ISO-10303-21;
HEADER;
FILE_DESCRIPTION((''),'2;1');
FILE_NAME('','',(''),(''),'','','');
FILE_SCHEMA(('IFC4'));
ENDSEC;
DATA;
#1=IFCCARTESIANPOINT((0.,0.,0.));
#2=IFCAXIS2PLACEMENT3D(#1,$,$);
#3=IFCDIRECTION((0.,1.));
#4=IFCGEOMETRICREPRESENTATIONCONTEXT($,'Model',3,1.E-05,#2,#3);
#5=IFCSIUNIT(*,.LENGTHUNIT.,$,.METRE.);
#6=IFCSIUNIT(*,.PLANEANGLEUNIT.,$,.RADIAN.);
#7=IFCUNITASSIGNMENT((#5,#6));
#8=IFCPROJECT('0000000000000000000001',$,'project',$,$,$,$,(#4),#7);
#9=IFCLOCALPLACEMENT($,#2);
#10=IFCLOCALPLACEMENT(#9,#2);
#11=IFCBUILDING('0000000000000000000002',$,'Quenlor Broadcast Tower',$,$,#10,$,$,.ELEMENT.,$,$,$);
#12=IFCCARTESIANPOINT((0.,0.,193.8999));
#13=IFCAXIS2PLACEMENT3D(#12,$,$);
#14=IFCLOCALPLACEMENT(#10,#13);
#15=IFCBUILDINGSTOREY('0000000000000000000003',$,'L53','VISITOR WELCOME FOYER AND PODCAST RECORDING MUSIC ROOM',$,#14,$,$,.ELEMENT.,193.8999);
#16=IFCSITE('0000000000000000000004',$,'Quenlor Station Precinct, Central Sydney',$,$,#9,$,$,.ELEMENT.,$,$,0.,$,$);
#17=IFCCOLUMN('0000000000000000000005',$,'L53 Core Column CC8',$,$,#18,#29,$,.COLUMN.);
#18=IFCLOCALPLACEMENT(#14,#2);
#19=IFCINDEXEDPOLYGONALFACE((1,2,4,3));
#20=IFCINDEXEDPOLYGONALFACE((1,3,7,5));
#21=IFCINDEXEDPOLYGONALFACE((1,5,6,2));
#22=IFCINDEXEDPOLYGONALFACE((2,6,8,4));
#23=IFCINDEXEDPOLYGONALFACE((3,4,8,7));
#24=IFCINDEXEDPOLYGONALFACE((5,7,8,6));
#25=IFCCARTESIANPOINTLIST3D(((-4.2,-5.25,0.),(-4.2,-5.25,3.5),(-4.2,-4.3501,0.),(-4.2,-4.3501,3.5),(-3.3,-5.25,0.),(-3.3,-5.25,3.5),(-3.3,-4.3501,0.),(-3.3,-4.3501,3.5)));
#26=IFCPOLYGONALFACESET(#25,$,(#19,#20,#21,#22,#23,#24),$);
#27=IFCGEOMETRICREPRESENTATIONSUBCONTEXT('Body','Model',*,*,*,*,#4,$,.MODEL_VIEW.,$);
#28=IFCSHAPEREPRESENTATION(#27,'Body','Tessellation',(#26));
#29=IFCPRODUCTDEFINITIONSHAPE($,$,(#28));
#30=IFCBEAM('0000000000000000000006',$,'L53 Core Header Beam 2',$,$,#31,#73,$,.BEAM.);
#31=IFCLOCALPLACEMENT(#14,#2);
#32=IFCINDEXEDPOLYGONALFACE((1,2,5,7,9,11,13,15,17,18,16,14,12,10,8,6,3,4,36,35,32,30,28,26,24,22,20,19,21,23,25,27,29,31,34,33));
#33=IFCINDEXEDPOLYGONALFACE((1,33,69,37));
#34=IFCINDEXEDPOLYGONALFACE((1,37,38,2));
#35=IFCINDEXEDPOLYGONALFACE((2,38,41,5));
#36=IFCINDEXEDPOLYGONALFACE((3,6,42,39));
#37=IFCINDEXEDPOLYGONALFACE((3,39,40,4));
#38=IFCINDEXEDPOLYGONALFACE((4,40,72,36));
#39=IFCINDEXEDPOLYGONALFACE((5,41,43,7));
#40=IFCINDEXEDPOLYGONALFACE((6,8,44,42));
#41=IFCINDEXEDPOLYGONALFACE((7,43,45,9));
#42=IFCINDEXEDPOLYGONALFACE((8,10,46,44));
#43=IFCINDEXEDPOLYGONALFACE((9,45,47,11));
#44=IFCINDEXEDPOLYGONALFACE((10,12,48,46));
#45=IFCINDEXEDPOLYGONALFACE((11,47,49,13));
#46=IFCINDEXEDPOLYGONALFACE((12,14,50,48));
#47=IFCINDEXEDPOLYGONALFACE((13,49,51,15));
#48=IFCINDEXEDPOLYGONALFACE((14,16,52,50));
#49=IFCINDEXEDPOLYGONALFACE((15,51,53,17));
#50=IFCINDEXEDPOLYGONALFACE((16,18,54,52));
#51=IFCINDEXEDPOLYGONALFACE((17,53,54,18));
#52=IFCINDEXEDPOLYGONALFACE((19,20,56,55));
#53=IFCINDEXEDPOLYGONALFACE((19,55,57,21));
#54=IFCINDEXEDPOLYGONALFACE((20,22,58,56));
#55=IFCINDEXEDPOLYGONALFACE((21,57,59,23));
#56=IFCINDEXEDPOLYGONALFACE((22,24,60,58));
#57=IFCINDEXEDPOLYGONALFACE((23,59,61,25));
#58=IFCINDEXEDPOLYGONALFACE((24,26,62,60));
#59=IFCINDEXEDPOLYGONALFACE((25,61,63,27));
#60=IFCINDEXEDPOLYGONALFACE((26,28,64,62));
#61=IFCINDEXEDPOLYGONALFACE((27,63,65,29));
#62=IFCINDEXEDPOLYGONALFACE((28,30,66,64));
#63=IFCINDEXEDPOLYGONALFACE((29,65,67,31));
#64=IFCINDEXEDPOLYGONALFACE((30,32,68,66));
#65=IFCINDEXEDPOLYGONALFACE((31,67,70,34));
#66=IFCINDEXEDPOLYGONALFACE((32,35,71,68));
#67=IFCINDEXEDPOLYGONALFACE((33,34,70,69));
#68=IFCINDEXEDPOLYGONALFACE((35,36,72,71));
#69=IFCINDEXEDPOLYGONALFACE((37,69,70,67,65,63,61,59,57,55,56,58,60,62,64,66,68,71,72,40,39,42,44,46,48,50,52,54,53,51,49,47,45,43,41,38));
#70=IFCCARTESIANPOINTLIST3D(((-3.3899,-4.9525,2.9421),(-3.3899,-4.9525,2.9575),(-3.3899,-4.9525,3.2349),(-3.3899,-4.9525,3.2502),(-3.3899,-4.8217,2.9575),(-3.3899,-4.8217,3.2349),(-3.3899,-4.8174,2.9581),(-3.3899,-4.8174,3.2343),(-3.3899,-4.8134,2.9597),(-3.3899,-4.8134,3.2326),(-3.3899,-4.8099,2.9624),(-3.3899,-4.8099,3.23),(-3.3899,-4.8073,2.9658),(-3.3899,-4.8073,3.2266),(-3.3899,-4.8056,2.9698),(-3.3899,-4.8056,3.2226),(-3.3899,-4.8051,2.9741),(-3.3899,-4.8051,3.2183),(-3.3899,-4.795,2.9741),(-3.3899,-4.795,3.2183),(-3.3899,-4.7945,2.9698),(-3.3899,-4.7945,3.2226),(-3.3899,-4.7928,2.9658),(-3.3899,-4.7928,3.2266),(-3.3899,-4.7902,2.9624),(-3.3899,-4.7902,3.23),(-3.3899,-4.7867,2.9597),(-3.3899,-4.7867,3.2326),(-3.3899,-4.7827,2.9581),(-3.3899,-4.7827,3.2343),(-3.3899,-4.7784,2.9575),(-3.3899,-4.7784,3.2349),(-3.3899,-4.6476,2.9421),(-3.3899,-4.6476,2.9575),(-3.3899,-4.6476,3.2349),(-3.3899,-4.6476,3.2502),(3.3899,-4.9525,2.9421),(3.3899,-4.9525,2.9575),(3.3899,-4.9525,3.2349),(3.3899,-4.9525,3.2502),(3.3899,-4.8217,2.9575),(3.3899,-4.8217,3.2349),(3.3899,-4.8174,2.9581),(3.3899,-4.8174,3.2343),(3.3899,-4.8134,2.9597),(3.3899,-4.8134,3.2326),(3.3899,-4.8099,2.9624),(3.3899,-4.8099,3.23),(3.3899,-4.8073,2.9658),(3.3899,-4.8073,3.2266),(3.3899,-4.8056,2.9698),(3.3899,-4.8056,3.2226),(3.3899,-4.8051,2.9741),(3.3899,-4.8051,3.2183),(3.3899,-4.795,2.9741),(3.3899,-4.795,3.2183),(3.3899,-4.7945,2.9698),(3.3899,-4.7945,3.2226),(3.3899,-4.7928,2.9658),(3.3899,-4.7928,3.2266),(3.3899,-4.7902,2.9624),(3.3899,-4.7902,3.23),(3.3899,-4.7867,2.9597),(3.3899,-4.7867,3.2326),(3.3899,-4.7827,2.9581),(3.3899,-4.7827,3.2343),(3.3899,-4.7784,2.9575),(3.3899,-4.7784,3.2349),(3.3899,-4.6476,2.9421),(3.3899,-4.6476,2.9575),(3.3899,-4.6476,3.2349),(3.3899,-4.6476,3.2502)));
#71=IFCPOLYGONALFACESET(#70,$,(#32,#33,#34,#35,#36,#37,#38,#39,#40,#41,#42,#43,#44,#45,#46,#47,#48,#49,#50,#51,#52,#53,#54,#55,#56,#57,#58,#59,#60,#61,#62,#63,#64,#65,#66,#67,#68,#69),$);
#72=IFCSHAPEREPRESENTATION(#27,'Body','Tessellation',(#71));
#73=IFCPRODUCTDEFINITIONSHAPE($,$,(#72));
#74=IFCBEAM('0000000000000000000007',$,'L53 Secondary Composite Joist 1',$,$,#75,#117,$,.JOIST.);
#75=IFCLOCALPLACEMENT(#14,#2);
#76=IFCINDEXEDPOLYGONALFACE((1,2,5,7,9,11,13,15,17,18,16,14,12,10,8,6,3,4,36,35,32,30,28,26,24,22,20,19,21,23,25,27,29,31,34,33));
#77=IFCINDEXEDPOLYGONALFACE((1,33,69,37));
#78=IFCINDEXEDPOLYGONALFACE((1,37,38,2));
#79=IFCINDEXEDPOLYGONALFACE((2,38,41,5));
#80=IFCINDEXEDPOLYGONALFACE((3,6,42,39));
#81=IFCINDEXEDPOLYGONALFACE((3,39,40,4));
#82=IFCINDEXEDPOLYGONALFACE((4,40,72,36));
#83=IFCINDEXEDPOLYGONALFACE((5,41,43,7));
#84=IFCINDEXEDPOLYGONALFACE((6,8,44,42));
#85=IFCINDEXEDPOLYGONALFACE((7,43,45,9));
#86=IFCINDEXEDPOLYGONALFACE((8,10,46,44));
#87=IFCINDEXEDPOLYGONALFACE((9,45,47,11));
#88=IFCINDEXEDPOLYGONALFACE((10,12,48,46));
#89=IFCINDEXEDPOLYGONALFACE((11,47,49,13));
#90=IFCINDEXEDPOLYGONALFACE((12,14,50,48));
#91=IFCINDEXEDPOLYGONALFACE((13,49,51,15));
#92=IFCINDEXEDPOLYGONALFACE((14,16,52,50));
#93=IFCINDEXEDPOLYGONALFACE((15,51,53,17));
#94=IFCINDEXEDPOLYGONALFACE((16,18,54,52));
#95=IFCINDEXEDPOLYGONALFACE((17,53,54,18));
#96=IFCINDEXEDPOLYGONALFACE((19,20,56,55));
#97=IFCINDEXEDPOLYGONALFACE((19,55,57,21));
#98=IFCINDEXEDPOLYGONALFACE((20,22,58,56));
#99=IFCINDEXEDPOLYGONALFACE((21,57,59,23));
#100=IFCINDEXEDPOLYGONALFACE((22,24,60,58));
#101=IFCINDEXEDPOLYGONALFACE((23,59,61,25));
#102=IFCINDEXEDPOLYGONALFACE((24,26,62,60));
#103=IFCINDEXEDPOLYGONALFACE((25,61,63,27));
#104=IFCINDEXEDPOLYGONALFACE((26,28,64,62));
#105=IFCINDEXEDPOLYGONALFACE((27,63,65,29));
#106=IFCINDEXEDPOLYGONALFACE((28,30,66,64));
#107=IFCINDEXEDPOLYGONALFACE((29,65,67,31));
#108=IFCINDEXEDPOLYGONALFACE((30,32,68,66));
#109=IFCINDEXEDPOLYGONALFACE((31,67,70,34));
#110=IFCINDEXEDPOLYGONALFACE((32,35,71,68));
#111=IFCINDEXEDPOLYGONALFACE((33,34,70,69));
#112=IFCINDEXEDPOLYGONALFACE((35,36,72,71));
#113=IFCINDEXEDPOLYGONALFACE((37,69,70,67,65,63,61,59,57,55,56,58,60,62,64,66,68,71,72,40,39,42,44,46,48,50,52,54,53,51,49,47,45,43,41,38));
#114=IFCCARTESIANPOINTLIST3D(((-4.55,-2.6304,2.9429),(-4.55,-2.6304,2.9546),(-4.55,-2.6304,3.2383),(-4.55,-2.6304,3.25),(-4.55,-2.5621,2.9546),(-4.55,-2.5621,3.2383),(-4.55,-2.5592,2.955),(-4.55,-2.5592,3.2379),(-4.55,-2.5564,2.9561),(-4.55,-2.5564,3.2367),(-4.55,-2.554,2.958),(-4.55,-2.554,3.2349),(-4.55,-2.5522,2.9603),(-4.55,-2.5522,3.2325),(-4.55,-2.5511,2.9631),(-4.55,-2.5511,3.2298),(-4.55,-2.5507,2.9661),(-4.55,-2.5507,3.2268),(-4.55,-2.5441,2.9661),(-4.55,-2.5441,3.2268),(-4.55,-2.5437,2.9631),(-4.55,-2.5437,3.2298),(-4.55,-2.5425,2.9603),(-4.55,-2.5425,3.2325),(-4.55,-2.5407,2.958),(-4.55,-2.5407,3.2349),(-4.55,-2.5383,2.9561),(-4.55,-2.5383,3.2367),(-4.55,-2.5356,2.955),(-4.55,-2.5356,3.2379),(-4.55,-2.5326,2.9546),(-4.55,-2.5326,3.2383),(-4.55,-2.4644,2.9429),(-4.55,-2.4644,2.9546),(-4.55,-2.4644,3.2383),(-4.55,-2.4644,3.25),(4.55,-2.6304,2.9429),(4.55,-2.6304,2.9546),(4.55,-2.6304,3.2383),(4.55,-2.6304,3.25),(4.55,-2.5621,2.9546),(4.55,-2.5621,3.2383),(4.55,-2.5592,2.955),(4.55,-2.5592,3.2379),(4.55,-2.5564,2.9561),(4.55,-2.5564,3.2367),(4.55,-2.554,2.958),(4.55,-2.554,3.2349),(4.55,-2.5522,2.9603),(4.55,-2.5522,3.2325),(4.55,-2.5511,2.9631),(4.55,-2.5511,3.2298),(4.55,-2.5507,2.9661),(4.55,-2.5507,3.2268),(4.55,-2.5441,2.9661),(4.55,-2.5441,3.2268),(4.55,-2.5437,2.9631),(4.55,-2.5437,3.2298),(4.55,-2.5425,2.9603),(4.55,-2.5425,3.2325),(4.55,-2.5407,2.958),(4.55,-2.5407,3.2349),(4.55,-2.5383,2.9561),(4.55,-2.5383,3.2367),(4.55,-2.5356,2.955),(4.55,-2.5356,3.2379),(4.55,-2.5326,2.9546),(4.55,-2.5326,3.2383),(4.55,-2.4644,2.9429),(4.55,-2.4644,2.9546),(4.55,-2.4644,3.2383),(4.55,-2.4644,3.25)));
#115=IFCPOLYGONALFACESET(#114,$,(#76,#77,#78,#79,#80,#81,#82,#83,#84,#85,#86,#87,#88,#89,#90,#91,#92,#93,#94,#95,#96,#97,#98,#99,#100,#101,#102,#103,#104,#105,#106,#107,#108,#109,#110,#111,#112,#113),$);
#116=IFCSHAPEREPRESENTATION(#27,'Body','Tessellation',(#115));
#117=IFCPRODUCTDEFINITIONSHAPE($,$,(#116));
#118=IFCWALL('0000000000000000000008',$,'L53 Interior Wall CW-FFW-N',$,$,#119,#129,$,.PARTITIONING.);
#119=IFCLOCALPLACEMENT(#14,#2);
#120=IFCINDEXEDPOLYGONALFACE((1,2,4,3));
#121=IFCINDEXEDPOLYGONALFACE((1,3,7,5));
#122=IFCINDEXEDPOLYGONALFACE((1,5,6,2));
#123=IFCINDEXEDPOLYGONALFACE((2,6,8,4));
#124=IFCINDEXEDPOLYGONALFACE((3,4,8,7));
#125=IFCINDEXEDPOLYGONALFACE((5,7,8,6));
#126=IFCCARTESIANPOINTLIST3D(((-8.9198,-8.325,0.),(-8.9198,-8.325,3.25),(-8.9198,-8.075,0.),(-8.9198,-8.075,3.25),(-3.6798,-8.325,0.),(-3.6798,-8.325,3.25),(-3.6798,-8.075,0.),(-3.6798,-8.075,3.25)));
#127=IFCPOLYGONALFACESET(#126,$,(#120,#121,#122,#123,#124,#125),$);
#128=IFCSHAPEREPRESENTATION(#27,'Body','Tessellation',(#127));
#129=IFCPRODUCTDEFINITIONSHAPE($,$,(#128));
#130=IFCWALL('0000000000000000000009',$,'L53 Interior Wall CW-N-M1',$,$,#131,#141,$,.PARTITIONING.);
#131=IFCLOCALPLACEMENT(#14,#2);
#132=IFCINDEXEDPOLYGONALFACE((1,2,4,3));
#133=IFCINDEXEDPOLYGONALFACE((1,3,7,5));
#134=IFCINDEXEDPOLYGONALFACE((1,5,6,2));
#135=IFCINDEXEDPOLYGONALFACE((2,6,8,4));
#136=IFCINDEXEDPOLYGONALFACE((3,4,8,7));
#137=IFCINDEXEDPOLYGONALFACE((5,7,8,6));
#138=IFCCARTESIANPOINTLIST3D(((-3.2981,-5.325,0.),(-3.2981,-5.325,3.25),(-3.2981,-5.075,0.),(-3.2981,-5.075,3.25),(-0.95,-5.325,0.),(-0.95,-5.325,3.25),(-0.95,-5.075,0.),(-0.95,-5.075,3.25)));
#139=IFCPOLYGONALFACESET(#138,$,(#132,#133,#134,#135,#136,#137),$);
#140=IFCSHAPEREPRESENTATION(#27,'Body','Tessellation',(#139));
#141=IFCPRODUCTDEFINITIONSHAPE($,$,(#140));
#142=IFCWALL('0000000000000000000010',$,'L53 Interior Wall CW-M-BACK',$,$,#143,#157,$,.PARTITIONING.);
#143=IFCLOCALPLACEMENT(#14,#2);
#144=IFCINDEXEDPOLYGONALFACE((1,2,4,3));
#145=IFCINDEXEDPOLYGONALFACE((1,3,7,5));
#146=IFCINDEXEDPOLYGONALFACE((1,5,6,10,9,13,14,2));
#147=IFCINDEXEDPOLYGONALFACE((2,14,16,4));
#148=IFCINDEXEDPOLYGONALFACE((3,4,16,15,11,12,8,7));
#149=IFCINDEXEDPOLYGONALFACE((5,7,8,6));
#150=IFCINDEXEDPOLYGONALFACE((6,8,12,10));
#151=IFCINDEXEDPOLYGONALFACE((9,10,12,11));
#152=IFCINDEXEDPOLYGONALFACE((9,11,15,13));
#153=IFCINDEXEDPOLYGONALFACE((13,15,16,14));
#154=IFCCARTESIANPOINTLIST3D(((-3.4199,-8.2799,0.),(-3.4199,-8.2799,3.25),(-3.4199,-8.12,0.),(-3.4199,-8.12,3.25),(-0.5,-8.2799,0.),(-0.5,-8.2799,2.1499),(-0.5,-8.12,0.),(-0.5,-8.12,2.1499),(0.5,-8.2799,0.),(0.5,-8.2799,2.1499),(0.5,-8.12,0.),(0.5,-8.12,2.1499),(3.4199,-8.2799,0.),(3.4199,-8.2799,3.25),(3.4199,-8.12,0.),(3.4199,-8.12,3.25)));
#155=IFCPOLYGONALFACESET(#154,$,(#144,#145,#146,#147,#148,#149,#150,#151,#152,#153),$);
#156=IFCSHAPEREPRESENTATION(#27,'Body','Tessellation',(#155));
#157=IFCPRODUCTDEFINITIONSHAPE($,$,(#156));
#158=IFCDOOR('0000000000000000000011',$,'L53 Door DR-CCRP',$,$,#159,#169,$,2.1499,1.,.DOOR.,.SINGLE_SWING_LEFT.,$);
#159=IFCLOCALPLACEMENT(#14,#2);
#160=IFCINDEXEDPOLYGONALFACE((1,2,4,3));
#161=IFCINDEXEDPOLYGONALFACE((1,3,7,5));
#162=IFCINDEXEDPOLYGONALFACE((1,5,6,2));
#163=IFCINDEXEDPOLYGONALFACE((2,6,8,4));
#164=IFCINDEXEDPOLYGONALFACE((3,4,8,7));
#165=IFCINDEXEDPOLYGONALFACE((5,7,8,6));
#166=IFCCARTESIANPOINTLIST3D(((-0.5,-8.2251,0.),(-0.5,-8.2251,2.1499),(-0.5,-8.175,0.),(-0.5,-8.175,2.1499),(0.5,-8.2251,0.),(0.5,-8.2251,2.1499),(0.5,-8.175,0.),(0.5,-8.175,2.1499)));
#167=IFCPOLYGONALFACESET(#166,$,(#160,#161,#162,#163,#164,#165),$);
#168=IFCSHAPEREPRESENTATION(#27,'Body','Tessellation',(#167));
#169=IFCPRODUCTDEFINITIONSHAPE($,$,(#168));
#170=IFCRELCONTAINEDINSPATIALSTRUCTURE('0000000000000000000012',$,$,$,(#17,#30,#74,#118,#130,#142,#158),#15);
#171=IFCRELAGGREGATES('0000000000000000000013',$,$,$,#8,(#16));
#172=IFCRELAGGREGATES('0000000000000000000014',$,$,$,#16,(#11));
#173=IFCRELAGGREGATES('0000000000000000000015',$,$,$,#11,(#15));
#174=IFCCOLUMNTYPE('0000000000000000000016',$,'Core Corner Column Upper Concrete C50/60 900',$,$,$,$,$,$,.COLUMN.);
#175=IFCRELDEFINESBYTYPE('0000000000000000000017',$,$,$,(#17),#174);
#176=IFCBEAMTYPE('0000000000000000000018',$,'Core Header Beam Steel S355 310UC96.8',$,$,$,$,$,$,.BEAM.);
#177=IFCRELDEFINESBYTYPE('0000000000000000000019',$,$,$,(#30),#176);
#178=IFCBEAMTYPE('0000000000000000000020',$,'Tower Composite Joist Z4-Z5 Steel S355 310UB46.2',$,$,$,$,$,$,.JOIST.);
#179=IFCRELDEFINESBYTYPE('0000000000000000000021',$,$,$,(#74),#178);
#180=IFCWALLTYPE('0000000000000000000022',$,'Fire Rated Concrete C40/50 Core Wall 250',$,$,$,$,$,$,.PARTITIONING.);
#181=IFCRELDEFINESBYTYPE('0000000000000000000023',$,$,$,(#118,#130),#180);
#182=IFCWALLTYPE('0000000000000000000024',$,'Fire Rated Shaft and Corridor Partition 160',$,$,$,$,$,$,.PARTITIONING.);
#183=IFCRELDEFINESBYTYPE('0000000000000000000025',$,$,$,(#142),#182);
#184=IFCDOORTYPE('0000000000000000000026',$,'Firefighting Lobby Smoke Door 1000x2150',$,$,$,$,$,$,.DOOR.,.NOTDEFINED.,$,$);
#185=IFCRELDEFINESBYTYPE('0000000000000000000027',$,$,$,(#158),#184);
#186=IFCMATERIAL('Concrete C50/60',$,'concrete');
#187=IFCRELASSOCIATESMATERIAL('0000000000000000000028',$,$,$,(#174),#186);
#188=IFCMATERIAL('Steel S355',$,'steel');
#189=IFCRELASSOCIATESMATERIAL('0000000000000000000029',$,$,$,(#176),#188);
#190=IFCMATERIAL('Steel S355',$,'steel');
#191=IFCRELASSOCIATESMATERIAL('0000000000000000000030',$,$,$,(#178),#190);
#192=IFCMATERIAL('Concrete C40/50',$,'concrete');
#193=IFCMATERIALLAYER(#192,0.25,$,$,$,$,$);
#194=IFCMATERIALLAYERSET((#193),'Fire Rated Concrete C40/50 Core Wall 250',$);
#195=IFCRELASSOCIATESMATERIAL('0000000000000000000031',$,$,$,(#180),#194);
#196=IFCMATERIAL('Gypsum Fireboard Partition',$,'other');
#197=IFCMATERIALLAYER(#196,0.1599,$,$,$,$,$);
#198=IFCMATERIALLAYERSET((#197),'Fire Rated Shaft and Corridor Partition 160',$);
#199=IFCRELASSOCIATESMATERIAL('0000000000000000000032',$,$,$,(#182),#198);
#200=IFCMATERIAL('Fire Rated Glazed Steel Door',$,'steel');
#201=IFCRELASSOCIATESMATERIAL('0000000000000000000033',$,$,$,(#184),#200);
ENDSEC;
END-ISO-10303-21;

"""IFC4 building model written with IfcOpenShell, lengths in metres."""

from ifc_helpers import new_model, si_unit, direction, frame, frame_2d, origin, origin_2d, place, context, subcontext, project, spatial, rectangle, i_section, extrude, material, layer, layer_set, material_profile, profile_set, type_object, element, fill, save


model = new_model("IFC4")

# Units and contexts
model_context = context("Model", 3, precision=1e-05, world=origin(), true_north=direction((0.0, 1.0)))
body_context = subcontext(model_context, "Body", "Model", "MODEL_VIEW")
ifc_project = project(units=[si_unit("LENGTHUNIT", "METRE"), si_unit("PLANEANGLEUNIT", "RADIAN")], contexts=[model_context])

# Site, building, storey
site_placement = place(None, origin())
site = spatial("IfcSite", under=ifc_project, at=site_placement, Name="Quenlor Station Precinct, Central Sydney", CompositionType="ELEMENT", RefElevation=0.0)
building_placement = place(site_placement, origin())
building = spatial("IfcBuilding", under=site, at=building_placement, Name="Quenlor Broadcast Tower", CompositionType="ELEMENT")
storey_placement = place(building_placement, frame((0.0, 0.0, 193.8999)))
storey = spatial("IfcBuildingStorey", under=building, at=storey_placement, Name="L53", Description="VISITOR WELCOME FOYER AND PODCAST RECORDING MUSIC ROOM", CompositionType="ELEMENT", Elevation=193.8999)

# Column
ifc_material_1 = material(Name="Concrete C50/60", Category="concrete")
ifc_material_profile_1 = material_profile(ifc_material_1, rectangle(XDim=0.8999, YDim=0.8999, at=origin_2d()))
ifc_profile_set_1 = profile_set([ifc_material_profile_1], Name="Concrete C50/60 RC900x900")
column_type = type_object("IfcColumnType", Name="Core Corner Column Upper Concrete C50/60 900", PredefinedType="COLUMN", material=ifc_profile_set_1)
column_placement = place(storey_placement, frame((-3.75, -4.8, 0.0), z_axis=(0.0, 0.0, 1.0), x_axis=(1.0, 0.0, 0.0)))
element("IfcColumn", 1, at=column_placement, inside=storey, type_object=column_type, Name="L53 Core Column CC8", PredefinedType="COLUMN", context=body_context, shape_type="SweptSolid", body=[
    extrude(rectangle(XDim=0.8999, YDim=0.8999, at=origin_2d()), origin(), (0.0, 0.0, 1.0), 3.5),
])

# Beams
ifc_material_2 = material(Name="Steel S355", Category="steel")
ifc_material_profile_2 = material_profile(ifc_material_2, i_section(OverallWidth=0.3049, OverallDepth=0.3081, WebThickness=0.01, FlangeThickness=0.0154, FilletRadius=0.0166, at=origin_2d()))
ifc_profile_set_2 = profile_set([ifc_material_profile_2], Name="Steel S355 310UC96.8")
beam_type_1 = type_object("IfcBeamType", Name="Core Header Beam Steel S355 310UC96.8", PredefinedType="BEAM", material=ifc_profile_set_2)
beam_1_placement = place(storey_placement, frame((-3.3899, -4.8, 3.0962), z_axis=(1.0, 0.0, 0.0), x_axis=(0.0, 1.0, 0.0)))
element("IfcBeam", 2, at=beam_1_placement, inside=storey, type_object=beam_type_1, Name="L53 Core Header Beam 2", PredefinedType="BEAM", context=body_context, shape_type="SweptSolid", body=[
    extrude(i_section(OverallWidth=0.3049, OverallDepth=0.3081, WebThickness=0.01, FlangeThickness=0.0154, FilletRadius=0.0166, at=origin_2d()), origin(), (0.0, 0.0, 1.0), 6.7798),
])
ifc_material_3 = material(Name="Steel S355", Category="steel")
ifc_material_profile_3 = material_profile(ifc_material_3, i_section(OverallWidth=0.166, OverallDepth=0.3071, WebThickness=0.0066, FlangeThickness=0.0117, FilletRadius=0.0115, at=origin_2d()))
ifc_profile_set_3 = profile_set([ifc_material_profile_3], Name="Steel S355 310UB46.2")
beam_type_2 = type_object("IfcBeamType", Name="Tower Composite Joist Z4-Z5 Steel S355 310UB46.2", PredefinedType="JOIST", material=ifc_profile_set_3)
beam_2_placement = place(storey_placement, frame((-4.55, -2.5474, 3.0964), z_axis=(1.0, 0.0, 0.0), x_axis=(0.0, 1.0, 0.0)))
element("IfcBeam", 3, at=beam_2_placement, inside=storey, type_object=beam_type_2, Name="L53 Secondary Composite Joist 1", PredefinedType="JOIST", context=body_context, shape_type="SweptSolid", body=[
    extrude(i_section(OverallWidth=0.166, OverallDepth=0.3071, WebThickness=0.0066, FlangeThickness=0.0117, FilletRadius=0.0115, at=origin_2d()), origin(), (0.0, 0.0, 1.0), 9.1001),
])

# Shared definitions
ifc_material_4 = material(Name="Concrete C40/50", Category="concrete")
ifc_layer_1 = layer(ifc_material_4, 0.25)
ifc_layer_set_1 = layer_set([ifc_layer_1], Name="Fire Rated Concrete C40/50 Core Wall 250")
wall_type_1 = type_object("IfcWallType", Name="Fire Rated Concrete C40/50 Core Wall 250", PredefinedType="PARTITIONING", material=ifc_layer_set_1)

# Walls
wall_1_placement = place(storey_placement, frame((-8.9199, -8.2, 0.0), z_axis=(0.0, 0.0, 1.0), x_axis=(1.0, 0.0, 0.0)))
element("IfcWall", 4, at=wall_1_placement, inside=storey, type_object=wall_type_1, Name="L53 Interior Wall CW-FFW-N", PredefinedType="PARTITIONING", context=body_context, shape_type="SweptSolid", body=[
    extrude(rectangle(XDim=5.24, YDim=0.25, at=frame_2d((2.6201, 0.0))), origin(), (0.0, 0.0, 1.0), 3.25),
])
wall_2_placement = place(storey_placement, frame((-3.2981, -5.2, 0.0), z_axis=(0.0, 0.0, 1.0), x_axis=(1.0, 0.0, 0.0)))
element("IfcWall", 5, at=wall_2_placement, inside=storey, type_object=wall_type_1, Name="L53 Interior Wall CW-N-M1", PredefinedType="PARTITIONING", context=body_context, shape_type="SweptSolid", body=[
    extrude(rectangle(XDim=2.3481, YDim=0.25, at=frame_2d((1.1741, 0.0))), origin(), (0.0, 0.0, 1.0), 3.25),
])

# Wall, opening, door
ifc_material_5 = material(Name="Gypsum Fireboard Partition", Category="other")
ifc_layer_2 = layer(ifc_material_5, 0.1599)
ifc_layer_set_2 = layer_set([ifc_layer_2], Name="Fire Rated Shaft and Corridor Partition 160")
wall_type_2 = type_object("IfcWallType", Name="Fire Rated Shaft and Corridor Partition 160", PredefinedType="PARTITIONING", material=ifc_layer_set_2)
wall_3_placement = place(storey_placement, frame((-3.4199, -8.2, 0.0), z_axis=(0.0, 0.0, 1.0), x_axis=(1.0, 0.0, 0.0)))
wall_3 = element("IfcWall", 6, at=wall_3_placement, inside=storey, type_object=wall_type_2, Name="L53 Interior Wall CW-M-BACK", PredefinedType="PARTITIONING", context=body_context, shape_type="SweptSolid", body=[
    extrude(rectangle(XDim=6.8398, YDim=0.1599, at=frame_2d((3.4199, 0.0))), origin(), (0.0, 0.0, 1.0), 3.25),
])
opening_1_placement = place(wall_3_placement, frame((2.9199, 0.0, 0.0)))
opening_1 = element("IfcOpeningElement", 7, at=opening_1_placement, cuts=wall_3, PredefinedType="OPENING", context=body_context, shape_type="SweptSolid", body=[
    extrude(rectangle(XDim=1.0, YDim=2.1499, at=frame_2d((0.5, 1.075))), frame((0.0, 0.0898, 0.0), z_axis=(0.0, -1.0, 0.0), x_axis=(1.0, 0.0, 0.0)), (0.0, 0.0, 1.0), 0.1799),
])
ifc_material_6 = material(Name="Fire Rated Glazed Steel Door", Category="steel")
door_type_1 = type_object("IfcDoorType", Name="Firefighting Lobby Smoke Door 1000x2150", OperationType="NOTDEFINED", PredefinedType="DOOR", material=ifc_material_6)
door_1_placement = place(opening_1_placement, origin())
door_1 = element("IfcDoor", 8, at=door_1_placement, inside=storey, type_object=door_type_1, Name="L53 Door DR-CCRP", OperationType="SINGLE_SWING_LEFT", OverallHeight=2.1499, OverallWidth=1.0, PredefinedType="DOOR", context=body_context, shape_type="SweptSolid", body=[
    extrude(rectangle(XDim=1.0, YDim=2.1499, at=frame_2d((0.5, 1.075))), frame((0.0, 0.0249, 0.0), z_axis=(0.0, -1.0, 0.0), x_axis=(1.0, 0.0, 0.0)), (0.0, 0.0, 1.0), 0.05),
])
fill(opening_1, door_1)

save(model, "model.ifc")
